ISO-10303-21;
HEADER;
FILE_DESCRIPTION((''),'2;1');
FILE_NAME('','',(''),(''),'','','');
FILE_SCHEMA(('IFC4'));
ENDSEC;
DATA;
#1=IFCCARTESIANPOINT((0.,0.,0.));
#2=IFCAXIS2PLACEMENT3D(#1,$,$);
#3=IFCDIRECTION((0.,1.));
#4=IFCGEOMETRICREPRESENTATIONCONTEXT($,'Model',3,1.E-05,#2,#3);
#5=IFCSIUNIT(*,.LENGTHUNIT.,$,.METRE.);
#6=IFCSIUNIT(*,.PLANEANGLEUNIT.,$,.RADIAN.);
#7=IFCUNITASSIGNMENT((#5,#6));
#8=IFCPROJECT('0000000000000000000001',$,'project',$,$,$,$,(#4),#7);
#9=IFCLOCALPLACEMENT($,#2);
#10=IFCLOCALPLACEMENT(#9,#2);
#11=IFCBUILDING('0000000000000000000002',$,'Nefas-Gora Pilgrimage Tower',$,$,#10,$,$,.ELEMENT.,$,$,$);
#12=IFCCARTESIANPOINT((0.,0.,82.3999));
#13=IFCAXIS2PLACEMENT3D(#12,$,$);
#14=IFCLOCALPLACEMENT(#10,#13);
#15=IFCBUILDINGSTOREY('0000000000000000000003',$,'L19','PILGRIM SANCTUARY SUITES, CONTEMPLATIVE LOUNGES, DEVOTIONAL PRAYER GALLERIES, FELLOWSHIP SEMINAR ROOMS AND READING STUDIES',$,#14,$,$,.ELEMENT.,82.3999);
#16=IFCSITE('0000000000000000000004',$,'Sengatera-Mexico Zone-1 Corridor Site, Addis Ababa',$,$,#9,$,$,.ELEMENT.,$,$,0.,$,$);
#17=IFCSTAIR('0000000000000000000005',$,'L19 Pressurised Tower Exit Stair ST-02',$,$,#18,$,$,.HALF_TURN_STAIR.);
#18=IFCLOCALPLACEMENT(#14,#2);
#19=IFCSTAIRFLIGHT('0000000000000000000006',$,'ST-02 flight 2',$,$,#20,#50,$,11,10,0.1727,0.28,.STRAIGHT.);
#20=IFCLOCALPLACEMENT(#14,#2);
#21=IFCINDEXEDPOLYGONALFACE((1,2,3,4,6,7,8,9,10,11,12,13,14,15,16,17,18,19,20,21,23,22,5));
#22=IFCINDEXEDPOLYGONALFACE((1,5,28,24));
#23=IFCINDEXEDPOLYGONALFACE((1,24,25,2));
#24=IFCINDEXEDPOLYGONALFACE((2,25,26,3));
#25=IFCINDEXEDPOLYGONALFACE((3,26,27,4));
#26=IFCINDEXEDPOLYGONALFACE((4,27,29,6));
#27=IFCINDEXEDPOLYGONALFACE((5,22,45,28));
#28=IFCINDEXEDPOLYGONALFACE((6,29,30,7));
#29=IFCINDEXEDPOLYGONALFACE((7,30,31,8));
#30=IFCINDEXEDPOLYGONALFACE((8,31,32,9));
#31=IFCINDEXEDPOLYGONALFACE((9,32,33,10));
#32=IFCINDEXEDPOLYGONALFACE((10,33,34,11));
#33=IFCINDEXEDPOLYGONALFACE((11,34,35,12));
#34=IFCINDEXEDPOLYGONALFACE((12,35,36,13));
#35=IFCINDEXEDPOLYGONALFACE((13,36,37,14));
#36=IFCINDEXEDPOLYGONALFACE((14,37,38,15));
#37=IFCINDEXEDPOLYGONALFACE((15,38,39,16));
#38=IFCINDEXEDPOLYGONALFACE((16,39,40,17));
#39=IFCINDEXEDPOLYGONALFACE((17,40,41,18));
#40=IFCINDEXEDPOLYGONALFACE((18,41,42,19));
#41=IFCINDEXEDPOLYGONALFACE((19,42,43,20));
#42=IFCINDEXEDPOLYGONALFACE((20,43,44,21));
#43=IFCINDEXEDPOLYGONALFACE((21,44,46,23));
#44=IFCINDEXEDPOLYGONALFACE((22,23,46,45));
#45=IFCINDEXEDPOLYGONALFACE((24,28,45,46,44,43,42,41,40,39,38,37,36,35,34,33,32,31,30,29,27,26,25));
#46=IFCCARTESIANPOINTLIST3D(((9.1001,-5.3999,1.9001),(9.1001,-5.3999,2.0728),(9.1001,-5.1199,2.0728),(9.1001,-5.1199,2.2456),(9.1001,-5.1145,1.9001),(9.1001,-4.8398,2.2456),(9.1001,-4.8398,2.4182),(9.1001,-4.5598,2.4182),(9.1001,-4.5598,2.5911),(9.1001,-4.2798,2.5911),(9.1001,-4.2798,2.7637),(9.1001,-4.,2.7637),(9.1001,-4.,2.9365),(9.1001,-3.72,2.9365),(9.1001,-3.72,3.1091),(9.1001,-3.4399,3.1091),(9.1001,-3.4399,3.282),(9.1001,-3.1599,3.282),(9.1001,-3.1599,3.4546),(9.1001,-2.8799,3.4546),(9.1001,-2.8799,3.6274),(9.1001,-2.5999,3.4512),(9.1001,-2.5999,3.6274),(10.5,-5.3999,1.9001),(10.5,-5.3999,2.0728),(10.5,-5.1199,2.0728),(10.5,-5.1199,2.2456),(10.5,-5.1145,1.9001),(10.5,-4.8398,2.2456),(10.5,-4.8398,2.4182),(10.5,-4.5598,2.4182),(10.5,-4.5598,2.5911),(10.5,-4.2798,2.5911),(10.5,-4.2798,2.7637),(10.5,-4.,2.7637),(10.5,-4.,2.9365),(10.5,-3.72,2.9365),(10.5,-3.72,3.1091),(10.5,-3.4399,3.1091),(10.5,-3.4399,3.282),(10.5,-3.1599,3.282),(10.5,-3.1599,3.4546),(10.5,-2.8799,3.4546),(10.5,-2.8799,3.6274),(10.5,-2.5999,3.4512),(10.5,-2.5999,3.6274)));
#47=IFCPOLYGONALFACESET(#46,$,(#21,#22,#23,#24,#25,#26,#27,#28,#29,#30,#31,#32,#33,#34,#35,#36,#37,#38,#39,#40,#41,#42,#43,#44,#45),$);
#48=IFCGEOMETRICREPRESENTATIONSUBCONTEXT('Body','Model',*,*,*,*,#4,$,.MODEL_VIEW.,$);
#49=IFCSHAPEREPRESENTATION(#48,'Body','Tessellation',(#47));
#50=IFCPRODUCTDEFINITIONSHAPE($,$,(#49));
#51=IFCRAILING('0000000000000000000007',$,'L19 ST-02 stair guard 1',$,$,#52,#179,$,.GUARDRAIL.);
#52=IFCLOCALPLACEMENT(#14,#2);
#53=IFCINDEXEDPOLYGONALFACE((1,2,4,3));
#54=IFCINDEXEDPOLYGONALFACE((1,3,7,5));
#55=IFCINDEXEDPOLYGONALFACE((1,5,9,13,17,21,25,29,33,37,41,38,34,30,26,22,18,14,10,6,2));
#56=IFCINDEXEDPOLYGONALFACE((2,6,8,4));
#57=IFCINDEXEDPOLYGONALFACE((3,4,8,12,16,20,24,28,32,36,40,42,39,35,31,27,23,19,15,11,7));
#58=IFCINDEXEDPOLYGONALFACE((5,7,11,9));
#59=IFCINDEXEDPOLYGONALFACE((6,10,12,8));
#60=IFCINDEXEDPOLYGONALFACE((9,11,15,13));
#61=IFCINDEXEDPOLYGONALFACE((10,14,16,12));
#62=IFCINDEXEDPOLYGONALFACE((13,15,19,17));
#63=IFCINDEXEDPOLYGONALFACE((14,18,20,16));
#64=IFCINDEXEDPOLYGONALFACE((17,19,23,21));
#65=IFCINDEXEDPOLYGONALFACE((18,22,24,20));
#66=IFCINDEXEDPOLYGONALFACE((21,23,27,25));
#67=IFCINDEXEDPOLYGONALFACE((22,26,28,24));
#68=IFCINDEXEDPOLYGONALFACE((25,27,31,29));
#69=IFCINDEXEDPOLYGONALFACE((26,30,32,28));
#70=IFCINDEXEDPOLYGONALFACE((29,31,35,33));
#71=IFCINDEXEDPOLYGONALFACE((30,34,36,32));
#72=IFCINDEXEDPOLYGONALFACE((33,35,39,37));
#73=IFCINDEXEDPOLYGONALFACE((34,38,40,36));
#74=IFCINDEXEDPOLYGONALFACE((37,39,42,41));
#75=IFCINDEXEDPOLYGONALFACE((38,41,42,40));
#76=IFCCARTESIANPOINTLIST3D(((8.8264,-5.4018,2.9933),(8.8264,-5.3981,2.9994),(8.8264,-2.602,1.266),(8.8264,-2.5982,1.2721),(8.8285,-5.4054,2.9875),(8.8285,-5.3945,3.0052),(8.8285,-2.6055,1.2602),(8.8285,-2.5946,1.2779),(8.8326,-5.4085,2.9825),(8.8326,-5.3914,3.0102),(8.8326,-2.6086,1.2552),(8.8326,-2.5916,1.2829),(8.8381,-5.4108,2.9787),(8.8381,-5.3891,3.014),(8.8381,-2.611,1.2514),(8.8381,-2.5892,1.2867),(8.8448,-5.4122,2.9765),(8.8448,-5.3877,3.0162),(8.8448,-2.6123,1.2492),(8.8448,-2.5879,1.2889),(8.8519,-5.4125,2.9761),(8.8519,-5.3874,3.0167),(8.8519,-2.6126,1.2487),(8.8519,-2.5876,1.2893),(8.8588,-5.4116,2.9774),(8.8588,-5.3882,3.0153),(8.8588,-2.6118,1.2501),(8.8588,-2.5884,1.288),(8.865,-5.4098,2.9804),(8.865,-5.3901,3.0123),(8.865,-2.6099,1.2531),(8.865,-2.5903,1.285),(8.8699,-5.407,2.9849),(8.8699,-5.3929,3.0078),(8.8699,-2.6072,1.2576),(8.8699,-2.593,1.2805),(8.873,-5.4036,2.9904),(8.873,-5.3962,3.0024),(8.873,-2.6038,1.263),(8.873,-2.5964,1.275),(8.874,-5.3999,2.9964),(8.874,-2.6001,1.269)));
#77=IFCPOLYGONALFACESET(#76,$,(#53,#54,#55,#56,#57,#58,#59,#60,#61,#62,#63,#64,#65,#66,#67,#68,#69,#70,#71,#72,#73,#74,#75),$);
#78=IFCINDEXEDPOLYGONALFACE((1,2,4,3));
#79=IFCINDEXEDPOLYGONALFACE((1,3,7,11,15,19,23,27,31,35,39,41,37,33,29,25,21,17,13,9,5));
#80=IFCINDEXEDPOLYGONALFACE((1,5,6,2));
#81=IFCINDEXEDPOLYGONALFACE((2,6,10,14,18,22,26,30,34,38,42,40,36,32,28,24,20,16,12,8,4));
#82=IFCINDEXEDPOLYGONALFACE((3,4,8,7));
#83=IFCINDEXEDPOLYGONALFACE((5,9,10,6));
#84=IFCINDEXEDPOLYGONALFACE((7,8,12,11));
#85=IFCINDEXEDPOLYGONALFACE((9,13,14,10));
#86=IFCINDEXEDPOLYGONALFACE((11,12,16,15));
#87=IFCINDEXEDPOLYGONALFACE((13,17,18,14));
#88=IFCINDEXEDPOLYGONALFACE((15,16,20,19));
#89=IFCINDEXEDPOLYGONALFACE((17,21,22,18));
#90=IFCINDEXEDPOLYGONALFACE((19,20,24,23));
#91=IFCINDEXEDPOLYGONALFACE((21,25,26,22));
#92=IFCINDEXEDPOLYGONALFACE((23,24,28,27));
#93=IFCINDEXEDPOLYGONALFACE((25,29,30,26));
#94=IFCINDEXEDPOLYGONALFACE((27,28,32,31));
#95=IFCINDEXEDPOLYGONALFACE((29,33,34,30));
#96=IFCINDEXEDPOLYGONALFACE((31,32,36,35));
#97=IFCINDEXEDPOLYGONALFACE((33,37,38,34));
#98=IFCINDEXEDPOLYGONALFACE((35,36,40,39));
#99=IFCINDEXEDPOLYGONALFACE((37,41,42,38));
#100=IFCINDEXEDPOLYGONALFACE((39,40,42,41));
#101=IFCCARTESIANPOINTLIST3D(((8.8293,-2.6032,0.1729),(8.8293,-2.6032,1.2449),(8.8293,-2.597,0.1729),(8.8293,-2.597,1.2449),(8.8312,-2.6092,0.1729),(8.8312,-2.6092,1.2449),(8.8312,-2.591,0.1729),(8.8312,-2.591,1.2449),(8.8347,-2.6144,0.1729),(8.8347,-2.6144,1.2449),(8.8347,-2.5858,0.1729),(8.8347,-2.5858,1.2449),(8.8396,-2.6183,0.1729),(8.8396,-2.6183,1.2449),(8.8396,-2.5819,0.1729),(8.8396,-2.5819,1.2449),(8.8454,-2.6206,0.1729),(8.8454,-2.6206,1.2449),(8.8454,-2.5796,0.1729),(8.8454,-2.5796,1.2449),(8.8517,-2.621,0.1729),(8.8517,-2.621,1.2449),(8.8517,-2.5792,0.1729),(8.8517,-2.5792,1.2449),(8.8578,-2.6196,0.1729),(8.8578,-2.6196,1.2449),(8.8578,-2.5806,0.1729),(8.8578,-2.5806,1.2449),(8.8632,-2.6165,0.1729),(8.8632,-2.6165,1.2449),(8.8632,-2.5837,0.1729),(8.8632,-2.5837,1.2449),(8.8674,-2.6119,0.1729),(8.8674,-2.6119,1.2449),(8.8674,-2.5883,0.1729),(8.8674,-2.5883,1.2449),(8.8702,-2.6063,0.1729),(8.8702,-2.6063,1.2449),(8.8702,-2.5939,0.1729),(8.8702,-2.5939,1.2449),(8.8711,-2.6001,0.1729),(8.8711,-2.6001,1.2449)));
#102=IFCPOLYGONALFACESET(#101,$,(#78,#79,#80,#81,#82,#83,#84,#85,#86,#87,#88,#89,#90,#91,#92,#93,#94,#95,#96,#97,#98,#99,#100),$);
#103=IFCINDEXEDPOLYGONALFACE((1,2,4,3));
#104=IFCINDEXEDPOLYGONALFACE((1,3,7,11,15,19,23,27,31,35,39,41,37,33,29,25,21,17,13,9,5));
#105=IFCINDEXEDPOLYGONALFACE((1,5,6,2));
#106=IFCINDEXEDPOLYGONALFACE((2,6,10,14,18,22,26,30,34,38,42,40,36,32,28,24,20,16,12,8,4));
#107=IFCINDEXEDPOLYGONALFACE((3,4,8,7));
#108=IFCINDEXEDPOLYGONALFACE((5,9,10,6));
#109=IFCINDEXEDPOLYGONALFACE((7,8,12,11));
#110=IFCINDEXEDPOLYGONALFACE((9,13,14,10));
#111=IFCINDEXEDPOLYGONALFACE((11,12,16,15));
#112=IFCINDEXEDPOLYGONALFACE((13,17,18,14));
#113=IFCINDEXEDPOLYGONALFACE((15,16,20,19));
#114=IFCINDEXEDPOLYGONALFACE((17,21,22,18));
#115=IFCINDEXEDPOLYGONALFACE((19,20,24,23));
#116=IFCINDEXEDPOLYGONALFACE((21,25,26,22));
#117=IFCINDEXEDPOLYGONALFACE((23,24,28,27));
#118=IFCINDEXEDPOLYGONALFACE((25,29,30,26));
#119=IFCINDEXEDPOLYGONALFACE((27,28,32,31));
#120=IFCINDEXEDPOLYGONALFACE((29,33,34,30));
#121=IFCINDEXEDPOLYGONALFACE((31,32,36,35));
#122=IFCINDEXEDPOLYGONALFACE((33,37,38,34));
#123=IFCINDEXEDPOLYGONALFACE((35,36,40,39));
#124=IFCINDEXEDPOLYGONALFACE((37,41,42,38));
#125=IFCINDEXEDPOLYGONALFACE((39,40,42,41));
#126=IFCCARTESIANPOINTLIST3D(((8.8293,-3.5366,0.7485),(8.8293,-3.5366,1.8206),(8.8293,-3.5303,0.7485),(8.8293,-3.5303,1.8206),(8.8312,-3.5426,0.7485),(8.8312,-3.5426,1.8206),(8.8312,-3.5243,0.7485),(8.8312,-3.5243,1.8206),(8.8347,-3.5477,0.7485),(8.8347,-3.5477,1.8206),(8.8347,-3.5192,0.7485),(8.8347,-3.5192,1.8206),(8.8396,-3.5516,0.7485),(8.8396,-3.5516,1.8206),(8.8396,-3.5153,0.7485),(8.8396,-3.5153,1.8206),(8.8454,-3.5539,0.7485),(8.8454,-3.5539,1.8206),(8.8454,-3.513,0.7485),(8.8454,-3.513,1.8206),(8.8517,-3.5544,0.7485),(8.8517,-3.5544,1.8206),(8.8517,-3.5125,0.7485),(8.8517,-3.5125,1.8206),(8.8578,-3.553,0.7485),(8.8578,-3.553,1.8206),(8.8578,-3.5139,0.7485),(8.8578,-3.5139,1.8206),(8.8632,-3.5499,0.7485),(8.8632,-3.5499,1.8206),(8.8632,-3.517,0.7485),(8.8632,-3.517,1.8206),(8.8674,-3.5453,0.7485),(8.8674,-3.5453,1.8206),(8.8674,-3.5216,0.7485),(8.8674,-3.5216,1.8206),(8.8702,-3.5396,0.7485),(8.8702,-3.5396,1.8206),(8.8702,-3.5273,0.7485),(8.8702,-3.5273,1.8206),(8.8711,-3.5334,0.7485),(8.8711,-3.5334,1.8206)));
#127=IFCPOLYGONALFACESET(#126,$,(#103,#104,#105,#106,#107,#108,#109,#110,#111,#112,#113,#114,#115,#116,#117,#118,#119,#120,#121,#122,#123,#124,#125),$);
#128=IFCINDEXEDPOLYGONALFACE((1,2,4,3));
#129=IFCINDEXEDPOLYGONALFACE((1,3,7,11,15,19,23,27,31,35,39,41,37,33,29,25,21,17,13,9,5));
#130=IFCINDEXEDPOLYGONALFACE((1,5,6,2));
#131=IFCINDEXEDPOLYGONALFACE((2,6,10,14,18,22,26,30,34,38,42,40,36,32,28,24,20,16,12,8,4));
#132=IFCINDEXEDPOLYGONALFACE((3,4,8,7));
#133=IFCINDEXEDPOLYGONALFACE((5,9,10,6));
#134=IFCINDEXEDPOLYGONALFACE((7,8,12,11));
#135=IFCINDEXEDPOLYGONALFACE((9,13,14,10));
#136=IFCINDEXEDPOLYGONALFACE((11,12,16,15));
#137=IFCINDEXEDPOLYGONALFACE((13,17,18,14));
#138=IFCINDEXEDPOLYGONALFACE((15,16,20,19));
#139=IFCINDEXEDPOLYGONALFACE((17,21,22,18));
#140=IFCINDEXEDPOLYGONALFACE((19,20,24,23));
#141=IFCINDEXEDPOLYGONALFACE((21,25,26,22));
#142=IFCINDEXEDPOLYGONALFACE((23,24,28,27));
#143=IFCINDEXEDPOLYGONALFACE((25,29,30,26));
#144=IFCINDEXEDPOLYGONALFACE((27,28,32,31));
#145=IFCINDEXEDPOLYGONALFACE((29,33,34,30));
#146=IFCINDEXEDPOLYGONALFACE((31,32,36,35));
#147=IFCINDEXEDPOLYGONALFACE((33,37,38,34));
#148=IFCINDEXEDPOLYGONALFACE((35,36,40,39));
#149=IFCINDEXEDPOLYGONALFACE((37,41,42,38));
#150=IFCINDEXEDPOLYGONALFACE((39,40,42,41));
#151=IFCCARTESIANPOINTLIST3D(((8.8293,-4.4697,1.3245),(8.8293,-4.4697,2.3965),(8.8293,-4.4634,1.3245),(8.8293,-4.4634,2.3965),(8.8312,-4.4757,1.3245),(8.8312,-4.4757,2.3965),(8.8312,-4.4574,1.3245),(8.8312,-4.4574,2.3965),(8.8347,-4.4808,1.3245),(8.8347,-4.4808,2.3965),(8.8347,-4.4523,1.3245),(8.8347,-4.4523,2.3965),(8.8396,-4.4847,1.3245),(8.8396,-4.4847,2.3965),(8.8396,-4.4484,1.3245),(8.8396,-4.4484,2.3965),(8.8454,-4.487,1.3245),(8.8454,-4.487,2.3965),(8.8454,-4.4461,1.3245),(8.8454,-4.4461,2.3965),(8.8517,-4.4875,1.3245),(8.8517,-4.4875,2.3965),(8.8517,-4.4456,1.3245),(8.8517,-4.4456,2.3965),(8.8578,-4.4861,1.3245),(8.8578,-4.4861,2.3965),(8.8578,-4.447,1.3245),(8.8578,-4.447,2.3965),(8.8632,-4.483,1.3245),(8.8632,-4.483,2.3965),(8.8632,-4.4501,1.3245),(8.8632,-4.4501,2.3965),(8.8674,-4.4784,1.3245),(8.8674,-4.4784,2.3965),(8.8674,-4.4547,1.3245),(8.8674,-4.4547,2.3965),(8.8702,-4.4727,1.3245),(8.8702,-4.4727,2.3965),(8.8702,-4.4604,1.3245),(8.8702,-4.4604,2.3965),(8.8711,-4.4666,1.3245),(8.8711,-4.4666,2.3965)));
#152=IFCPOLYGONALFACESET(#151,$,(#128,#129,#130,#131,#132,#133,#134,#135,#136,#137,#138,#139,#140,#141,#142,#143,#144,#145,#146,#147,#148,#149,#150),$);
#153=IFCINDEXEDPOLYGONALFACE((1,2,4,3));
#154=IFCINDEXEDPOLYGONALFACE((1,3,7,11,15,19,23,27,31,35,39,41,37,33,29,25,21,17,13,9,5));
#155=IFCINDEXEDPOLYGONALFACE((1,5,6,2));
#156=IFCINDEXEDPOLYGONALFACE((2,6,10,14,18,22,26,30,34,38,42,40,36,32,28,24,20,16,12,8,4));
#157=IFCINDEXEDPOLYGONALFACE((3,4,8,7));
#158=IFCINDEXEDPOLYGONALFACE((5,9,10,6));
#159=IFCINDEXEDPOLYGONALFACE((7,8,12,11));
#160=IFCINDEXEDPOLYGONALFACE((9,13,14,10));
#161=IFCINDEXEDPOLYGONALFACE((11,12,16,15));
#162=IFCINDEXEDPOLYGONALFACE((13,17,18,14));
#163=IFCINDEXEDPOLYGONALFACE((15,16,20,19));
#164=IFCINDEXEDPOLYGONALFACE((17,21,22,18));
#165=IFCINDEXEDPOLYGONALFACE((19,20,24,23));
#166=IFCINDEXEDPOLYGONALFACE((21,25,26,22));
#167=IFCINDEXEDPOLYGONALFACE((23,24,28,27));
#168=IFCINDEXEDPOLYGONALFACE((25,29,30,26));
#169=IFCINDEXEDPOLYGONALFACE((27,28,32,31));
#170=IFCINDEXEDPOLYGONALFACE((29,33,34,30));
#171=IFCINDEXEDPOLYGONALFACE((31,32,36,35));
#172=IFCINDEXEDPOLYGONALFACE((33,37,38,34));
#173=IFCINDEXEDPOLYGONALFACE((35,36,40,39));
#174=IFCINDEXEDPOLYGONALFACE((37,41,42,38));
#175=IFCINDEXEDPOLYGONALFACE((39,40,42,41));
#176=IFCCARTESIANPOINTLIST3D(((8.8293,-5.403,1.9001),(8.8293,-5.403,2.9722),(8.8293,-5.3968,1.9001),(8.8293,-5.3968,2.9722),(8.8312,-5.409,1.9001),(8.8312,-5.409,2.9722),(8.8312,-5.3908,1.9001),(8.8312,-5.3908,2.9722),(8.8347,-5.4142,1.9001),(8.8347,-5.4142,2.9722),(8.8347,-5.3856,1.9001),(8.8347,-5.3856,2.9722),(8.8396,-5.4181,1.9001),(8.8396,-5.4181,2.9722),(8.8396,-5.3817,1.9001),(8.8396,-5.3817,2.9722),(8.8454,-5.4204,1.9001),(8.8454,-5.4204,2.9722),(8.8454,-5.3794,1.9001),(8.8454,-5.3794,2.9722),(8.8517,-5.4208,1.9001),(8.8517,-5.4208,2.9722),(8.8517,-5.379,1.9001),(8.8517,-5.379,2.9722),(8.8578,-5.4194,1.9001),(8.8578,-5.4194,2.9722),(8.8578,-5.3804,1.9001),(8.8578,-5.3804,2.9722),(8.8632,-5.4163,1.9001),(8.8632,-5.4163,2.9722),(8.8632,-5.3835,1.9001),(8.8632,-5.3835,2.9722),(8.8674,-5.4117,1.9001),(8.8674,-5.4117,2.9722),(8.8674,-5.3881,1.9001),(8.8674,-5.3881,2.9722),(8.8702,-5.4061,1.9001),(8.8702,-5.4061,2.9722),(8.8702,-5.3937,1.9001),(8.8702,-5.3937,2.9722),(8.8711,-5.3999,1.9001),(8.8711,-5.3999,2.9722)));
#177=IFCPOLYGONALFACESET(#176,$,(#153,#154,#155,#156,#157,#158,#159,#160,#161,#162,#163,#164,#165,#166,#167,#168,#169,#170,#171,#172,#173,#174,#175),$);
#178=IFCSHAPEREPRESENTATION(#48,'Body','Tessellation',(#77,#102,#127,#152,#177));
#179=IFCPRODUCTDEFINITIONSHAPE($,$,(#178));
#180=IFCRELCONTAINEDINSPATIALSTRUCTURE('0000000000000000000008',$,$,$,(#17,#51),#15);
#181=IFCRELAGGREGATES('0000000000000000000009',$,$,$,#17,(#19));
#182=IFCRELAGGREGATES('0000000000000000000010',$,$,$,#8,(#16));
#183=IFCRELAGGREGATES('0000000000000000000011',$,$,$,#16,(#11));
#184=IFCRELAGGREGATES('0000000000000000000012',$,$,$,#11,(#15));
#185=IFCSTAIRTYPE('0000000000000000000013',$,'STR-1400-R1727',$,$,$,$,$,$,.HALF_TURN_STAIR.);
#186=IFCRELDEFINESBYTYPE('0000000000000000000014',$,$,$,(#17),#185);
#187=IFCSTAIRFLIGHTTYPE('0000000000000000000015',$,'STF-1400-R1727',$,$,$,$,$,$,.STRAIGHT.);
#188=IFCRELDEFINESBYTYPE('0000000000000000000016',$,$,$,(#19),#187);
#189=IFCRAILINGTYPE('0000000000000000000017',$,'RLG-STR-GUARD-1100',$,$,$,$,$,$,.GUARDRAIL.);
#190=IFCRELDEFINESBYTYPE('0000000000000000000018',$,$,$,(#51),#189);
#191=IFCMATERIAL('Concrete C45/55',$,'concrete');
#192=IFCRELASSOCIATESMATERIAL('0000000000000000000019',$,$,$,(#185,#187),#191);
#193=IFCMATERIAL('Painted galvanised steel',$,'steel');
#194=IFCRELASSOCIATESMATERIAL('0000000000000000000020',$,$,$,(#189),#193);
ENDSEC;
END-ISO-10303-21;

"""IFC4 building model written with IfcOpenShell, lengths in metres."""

from ifc_helpers import new_model, si_unit, direction, frame, origin, origin_2d, place, context, subcontext, project, spatial, polyline, circle, outline, extrude, source, transform, mapped, material, type_object, element, aggregate, save


model = new_model("IFC4")

# Units and contexts
model_context = context("Model", 3, precision=1e-05, world=origin(), true_north=direction((0.0, 1.0)))
body_context = subcontext(model_context, "Body", "Model", "MODEL_VIEW")
ifc_project = project(units=[si_unit("LENGTHUNIT", "METRE"), si_unit("PLANEANGLEUNIT", "RADIAN")], contexts=[model_context])

# Site, building, storey
site_placement = place(None, origin())
site = spatial("IfcSite", under=ifc_project, at=site_placement, Name="Sengatera-Mexico Zone-1 Corridor Site, Addis Ababa", CompositionType="ELEMENT", RefElevation=0.0)
building_placement = place(site_placement, origin())
building = spatial("IfcBuilding", under=site, at=building_placement, Name="Nefas-Gora Pilgrimage Tower", CompositionType="ELEMENT")
storey_placement = place(building_placement, frame((0.0, 0.0, 82.3999)))
storey = spatial("IfcBuildingStorey", under=building, at=storey_placement, Name="L19", Description="PILGRIM SANCTUARY SUITES, CONTEMPLATIVE LOUNGES, DEVOTIONAL PRAYER GALLERIES, FELLOWSHIP SEMINAR ROOMS AND READING STUDIES", CompositionType="ELEMENT", Elevation=82.3999)

# Shared definitions
ifc_material_1 = material(Name="Concrete C45/55", Category="concrete")

# Stair, stair flight
stair_type = type_object("IfcStairType", Name="STR-1400-R1727", PredefinedType="HALF_TURN_STAIR", material=ifc_material_1)
stair_placement = place(storey_placement, origin())
stair = element("IfcStair", 1, at=stair_placement, inside=storey, type_object=stair_type, Name="L19 Pressurised Tower Exit Stair ST-02", PredefinedType="HALF_TURN_STAIR")
stair_flight_type = type_object("IfcStairFlightType", Name="STF-1400-R1727", PredefinedType="STRAIGHT", material=ifc_material_1)
shared_shape_1 = source(origin(), body_context, "Body", "SweptSolid", [
    extrude(outline(polyline([(0.0, 0.0), (0.0, 0.1726), (0.28, 0.1726), (0.28, 0.3455), (0.5601, 0.3455), (0.5601, 0.5181), (0.8401, 0.5181), (0.8401, 0.6909), (1.1201, 0.6909), (1.1201, 0.8635), (1.3999, 0.8635), (1.3999, 1.0364), (1.6799, 1.0364), (1.6799, 1.209), (1.96, 1.209), (1.96, 1.3818), (2.24, 1.3818), (2.24, 1.5544), (2.52, 1.5544), (2.52, 1.7273), (2.8, 1.7273), (2.8, 1.8999), (2.8, 1.551), (0.2854, 0.0), (0.0, 0.0)])), frame((0.0, 0.7, 0.0), z_axis=(0.0, -1.0, 0.0), x_axis=(1.0, 0.0, 0.0)), (0.0, 0.0, 1.0), 1.3999),
])
stair_flight_1_placement = place(storey_placement, frame((9.8, -5.3999, 1.9001), z_axis=(0.0, 0.0, 1.0), x_axis=(0.0, 1.0, 0.0)))
stair_flight_1 = element("IfcStairFlight", 2, at=stair_flight_1_placement, type_object=stair_flight_type, Name="ST-02 flight 2", NumberOfRisers=11, NumberOfTreads=10, PredefinedType="STRAIGHT", RiserHeight=0.1727, TreadLength=0.28, context=body_context, shape_type="MappedRepresentation", body=[
    mapped(shared_shape_1, transform((0.0, 0.0, 0.0), x_axis=(1.0, 0.0, 0.0), y_axis=(0.0, 1.0, 0.0), z_axis=(0.0, 0.0, 1.0), scale=1.0)),
])
aggregate(stair, [stair_flight_1])

# Railing
ifc_material_2 = material(Name="Painted galvanised steel", Category="steel")
railing_type_1 = type_object("IfcRailingType", Name="RLG-STR-GUARD-1100", PredefinedType="GUARDRAIL", material=ifc_material_2)
railing_1_placement = place(storey_placement, frame((8.8501, -2.6001, 0.1729)))
element("IfcRailing", 3, at=railing_1_placement, inside=storey, type_object=railing_type_1, Name="L19 ST-02 stair guard 1", PredefinedType="GUARDRAIL", context=body_context, shape_type="SweptSolid", body=[
    extrude(circle(Radius=0.0239, at=origin_2d()), frame((0.0, 0.0, 1.0962), z_axis=(0.0, -0.851069, 0.525054), x_axis=(1.0, 0.0, 0.0)), (0.0, 0.0, 1.0), 3.2898),
    extrude(circle(Radius=0.021, at=origin_2d()), origin(), (0.0, 0.0, 1.0), 1.072),
    extrude(circle(Radius=0.021, at=origin_2d()), frame((0.0, -0.9333, 0.5757)), (0.0, 0.0, 1.0), 1.072),
    extrude(circle(Radius=0.021, at=origin_2d()), frame((0.0, -1.8665, 1.1516)), (0.0, 0.0, 1.0), 1.072),
    extrude(circle(Radius=0.021, at=origin_2d()), frame((0.0, -2.7998, 1.7273)), (0.0, 0.0, 1.0), 1.072),
])

save(model, "model.ifc")
